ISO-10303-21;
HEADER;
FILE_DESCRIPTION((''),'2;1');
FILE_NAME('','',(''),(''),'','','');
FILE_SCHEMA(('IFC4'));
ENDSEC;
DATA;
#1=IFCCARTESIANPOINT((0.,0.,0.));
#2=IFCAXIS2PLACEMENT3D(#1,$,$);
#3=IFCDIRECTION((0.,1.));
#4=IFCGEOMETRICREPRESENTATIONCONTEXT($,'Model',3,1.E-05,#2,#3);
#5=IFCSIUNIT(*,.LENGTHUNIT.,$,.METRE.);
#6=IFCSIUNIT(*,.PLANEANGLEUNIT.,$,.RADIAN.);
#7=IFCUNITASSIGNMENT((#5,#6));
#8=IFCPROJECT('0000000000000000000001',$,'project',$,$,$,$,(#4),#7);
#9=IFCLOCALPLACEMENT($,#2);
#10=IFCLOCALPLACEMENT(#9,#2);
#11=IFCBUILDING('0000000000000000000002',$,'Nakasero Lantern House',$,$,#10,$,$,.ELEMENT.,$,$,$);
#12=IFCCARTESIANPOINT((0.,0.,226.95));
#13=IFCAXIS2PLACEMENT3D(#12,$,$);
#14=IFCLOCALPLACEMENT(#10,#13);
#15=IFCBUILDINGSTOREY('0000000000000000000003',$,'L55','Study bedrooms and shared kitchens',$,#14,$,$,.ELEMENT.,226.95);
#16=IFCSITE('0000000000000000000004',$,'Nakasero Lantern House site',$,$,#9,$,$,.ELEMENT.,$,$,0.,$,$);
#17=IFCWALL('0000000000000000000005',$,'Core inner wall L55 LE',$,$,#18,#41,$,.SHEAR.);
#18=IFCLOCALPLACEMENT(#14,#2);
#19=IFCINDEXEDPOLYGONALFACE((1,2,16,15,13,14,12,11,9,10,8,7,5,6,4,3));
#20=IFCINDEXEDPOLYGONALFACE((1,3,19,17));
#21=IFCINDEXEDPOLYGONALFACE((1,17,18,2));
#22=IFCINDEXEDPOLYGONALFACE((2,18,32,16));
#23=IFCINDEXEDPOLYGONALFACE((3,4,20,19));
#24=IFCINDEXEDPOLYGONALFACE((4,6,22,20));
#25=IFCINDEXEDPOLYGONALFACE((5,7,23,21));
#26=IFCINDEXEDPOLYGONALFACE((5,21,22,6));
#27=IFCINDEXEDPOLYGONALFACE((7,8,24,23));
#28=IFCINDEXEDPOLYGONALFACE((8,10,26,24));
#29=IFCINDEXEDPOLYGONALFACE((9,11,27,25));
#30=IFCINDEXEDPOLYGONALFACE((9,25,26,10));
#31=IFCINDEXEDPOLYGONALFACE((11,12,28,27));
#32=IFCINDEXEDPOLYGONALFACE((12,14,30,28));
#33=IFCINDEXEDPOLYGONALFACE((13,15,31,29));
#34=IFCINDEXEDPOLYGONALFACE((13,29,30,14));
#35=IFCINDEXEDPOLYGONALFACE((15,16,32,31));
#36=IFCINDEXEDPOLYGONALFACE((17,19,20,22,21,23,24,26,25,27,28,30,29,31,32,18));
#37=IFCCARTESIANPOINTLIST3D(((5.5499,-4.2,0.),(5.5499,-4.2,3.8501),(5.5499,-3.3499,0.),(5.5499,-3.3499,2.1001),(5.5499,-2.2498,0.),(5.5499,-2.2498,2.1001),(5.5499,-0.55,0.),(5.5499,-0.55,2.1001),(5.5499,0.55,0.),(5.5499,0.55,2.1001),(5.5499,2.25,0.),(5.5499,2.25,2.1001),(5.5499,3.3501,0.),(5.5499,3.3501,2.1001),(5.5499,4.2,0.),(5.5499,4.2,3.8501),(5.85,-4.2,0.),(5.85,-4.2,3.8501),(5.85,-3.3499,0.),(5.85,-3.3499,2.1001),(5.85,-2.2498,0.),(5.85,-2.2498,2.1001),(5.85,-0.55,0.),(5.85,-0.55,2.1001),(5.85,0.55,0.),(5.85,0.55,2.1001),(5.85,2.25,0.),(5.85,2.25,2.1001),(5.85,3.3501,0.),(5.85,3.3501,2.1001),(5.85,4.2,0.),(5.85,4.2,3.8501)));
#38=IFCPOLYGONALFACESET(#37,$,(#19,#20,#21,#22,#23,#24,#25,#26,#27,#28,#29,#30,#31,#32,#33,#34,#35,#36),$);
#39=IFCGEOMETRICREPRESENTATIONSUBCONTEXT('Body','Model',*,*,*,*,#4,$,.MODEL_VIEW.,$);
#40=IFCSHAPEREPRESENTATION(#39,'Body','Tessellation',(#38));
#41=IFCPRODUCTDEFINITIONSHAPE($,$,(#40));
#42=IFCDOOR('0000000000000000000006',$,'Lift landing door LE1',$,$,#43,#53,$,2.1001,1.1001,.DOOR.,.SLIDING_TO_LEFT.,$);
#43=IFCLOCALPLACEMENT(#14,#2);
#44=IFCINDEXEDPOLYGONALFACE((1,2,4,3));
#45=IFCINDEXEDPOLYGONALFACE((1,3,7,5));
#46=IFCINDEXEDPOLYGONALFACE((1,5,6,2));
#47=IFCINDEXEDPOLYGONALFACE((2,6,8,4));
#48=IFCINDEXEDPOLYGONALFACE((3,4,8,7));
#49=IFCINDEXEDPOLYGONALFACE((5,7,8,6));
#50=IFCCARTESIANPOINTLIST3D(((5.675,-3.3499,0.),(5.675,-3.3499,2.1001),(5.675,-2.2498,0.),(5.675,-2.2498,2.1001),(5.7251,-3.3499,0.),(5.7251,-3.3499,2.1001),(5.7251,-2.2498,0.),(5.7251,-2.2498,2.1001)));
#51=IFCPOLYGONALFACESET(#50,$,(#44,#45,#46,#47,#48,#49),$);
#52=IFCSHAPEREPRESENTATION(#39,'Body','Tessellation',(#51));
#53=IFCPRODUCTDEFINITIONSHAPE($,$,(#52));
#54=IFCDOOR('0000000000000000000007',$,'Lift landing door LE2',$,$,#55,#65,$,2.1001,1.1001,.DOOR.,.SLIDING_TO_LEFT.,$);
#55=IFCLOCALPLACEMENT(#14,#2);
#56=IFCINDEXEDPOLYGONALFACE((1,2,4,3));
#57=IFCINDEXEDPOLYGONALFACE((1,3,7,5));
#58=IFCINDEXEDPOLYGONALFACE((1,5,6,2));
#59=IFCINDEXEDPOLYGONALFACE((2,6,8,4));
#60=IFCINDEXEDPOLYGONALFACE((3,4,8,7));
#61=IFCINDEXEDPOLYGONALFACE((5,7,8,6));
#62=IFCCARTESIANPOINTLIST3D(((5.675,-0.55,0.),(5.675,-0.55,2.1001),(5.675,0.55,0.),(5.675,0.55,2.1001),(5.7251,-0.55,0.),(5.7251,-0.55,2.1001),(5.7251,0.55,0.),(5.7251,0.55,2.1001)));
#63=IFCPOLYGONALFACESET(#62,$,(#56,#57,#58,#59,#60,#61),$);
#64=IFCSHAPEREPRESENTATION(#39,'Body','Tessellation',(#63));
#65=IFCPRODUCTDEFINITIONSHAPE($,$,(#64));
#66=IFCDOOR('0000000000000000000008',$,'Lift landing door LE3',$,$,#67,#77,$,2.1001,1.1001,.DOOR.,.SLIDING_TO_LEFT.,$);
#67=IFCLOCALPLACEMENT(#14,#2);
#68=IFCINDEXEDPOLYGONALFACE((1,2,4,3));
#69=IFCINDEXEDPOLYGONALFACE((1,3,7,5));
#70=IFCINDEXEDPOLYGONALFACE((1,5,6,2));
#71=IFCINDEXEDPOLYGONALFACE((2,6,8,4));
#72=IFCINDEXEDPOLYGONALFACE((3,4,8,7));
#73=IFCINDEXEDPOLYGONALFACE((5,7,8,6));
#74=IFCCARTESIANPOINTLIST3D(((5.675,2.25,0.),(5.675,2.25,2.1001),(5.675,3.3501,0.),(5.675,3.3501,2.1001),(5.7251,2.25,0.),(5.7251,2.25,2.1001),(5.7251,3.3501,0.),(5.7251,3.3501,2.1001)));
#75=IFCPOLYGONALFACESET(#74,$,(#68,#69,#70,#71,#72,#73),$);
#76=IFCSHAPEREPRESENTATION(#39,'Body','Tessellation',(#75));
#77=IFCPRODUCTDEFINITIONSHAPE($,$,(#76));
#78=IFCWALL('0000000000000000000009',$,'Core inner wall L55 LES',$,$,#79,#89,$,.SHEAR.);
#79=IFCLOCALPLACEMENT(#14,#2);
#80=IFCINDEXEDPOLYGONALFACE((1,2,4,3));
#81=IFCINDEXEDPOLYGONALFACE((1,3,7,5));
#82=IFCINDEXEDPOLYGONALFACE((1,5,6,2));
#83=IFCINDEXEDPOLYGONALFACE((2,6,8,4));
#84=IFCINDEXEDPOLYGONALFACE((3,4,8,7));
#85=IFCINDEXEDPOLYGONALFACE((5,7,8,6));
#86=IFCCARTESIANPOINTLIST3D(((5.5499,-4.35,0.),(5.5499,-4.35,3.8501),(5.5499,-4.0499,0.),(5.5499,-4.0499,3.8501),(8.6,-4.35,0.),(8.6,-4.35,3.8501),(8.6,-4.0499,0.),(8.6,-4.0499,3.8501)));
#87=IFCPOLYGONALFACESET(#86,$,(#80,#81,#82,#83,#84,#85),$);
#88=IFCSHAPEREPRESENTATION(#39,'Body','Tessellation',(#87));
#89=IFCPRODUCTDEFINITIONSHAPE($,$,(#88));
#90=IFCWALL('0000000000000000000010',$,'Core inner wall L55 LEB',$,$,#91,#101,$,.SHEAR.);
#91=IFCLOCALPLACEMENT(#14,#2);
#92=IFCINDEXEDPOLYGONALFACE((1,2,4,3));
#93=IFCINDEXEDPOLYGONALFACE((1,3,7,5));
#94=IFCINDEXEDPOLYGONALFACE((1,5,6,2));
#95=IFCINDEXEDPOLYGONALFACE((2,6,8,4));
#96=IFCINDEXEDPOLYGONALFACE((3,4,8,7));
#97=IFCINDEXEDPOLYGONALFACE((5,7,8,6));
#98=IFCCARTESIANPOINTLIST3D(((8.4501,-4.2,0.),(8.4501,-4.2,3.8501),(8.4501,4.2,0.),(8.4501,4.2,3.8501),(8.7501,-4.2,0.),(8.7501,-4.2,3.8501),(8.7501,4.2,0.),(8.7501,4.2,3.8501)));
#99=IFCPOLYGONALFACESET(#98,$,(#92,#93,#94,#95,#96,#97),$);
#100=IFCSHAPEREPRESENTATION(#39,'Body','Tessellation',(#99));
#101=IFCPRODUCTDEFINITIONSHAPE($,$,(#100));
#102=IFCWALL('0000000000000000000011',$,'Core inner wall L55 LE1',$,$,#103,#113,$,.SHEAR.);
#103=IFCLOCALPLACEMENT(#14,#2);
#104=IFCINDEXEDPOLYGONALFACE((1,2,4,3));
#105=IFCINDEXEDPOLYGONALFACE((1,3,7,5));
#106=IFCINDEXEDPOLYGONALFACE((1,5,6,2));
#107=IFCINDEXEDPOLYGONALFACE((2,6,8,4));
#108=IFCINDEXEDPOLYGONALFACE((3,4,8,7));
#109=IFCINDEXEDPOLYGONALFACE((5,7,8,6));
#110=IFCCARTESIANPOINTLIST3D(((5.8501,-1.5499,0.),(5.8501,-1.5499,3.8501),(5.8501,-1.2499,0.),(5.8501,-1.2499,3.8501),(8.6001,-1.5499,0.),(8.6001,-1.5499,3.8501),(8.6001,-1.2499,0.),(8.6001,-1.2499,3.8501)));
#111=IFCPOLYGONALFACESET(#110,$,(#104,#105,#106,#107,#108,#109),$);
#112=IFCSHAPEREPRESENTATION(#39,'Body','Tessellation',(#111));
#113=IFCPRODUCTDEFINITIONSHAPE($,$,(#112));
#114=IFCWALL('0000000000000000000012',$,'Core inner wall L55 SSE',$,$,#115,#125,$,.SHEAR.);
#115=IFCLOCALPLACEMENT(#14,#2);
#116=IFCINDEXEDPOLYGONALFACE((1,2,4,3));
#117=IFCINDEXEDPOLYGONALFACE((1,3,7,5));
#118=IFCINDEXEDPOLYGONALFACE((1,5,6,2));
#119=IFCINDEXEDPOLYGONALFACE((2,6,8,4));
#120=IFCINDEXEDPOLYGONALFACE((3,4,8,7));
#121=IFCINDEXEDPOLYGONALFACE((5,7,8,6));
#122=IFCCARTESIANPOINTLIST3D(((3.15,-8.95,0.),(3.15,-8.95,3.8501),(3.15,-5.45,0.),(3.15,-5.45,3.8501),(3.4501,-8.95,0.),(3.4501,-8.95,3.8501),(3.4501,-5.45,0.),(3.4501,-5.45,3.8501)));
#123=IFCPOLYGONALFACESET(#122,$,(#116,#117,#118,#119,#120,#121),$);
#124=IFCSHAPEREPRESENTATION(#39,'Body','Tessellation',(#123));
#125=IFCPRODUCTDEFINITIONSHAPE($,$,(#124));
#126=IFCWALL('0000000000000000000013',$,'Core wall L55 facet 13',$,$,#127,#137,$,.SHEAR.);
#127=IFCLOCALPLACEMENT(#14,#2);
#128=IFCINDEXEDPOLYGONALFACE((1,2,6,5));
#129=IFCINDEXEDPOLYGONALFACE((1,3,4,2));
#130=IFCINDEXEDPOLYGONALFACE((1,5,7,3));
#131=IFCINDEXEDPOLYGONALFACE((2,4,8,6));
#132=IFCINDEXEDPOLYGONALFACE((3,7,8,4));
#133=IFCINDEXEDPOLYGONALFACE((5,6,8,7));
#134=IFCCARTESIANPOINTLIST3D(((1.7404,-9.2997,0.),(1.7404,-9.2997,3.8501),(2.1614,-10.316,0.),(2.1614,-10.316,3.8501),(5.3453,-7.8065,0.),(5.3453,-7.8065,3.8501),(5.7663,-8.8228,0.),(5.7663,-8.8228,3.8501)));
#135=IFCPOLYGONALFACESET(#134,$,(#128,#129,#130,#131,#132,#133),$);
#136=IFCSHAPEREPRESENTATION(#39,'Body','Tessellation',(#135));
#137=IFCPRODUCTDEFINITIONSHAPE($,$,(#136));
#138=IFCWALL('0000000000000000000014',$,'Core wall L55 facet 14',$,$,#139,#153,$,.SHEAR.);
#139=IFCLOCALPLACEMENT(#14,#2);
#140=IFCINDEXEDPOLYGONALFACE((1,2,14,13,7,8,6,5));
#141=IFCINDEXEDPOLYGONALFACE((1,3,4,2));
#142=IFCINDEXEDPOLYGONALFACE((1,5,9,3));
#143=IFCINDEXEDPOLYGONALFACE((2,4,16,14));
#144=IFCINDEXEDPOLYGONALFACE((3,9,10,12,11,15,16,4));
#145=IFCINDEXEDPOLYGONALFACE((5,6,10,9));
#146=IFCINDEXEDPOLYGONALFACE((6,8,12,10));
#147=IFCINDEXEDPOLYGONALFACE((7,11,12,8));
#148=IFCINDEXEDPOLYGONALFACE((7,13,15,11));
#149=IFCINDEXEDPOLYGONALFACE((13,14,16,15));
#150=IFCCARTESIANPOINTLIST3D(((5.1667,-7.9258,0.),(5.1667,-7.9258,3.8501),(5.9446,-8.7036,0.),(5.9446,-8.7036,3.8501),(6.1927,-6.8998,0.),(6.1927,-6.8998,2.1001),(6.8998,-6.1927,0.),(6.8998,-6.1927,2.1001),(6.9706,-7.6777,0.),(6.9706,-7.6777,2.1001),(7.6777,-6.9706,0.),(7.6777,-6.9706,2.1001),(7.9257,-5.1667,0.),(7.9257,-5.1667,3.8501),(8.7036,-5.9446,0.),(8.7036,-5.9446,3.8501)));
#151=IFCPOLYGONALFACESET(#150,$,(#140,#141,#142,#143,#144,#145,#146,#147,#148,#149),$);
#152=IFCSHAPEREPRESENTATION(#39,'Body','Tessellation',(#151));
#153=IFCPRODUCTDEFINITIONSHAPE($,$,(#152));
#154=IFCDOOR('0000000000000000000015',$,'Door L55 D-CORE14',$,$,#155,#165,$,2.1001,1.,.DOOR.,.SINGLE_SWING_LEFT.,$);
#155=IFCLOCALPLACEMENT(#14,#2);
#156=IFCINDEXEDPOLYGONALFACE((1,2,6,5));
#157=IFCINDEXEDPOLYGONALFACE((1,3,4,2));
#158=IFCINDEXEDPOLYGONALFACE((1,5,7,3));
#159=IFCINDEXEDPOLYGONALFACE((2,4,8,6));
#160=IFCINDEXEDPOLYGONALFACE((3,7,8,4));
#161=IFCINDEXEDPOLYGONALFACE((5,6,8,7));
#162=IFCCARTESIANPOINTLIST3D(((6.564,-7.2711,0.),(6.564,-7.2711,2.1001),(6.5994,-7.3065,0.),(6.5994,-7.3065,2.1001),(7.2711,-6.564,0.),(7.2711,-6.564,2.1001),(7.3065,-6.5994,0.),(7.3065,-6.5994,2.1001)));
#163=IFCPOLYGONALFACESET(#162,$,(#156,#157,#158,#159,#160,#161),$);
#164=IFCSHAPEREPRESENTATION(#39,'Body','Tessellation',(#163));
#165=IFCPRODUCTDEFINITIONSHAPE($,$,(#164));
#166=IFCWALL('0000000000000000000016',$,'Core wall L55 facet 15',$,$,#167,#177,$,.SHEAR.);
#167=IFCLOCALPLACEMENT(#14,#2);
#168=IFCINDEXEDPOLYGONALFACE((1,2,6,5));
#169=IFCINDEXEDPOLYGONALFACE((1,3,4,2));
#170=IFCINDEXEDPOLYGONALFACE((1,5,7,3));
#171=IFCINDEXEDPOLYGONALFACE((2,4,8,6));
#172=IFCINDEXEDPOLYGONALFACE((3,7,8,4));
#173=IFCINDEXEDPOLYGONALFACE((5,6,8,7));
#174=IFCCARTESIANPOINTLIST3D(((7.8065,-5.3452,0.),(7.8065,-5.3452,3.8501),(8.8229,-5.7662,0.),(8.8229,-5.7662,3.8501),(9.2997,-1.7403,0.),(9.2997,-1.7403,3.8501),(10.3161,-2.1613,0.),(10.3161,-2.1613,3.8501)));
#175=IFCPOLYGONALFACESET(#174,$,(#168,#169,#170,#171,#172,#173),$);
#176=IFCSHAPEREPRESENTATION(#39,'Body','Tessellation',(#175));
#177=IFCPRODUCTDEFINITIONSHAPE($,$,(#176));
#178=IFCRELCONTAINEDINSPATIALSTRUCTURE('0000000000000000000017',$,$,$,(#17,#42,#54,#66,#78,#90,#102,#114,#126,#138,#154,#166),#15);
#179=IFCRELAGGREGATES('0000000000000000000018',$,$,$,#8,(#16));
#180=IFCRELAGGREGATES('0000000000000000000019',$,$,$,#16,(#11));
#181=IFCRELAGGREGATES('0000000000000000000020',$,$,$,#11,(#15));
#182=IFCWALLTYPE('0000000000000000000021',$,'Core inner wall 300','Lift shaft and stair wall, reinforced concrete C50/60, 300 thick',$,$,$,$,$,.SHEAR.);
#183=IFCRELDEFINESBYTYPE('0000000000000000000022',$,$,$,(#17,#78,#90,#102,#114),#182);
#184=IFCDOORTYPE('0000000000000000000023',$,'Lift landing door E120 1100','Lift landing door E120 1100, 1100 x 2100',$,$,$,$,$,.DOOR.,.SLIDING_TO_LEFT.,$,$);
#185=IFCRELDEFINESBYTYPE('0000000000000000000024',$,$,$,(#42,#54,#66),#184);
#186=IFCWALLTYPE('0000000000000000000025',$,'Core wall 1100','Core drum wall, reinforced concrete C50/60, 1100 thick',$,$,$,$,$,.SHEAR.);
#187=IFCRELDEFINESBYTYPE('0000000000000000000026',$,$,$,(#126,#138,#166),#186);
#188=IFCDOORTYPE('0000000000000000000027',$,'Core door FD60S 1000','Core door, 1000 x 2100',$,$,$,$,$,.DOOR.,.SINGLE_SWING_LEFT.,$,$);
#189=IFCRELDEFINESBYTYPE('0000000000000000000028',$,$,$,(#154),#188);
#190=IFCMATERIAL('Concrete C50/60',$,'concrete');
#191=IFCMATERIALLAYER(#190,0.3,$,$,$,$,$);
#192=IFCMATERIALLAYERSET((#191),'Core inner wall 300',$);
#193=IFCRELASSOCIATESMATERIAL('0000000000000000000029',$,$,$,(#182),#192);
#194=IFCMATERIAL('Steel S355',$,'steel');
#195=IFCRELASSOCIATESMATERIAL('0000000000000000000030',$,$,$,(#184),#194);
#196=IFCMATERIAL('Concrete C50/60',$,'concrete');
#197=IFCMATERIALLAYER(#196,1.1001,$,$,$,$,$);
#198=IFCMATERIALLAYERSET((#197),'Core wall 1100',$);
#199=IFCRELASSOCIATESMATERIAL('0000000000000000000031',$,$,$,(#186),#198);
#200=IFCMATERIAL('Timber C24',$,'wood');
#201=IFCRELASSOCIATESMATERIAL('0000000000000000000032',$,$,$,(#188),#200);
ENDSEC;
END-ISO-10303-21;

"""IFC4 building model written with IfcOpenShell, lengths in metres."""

from ifc_helpers import new_model, si_unit, direction, frame, frame_2d, origin, place, context, subcontext, project, spatial, rectangle, extrude, material, layer, layer_set, type_object, element, fill, save


model = new_model("IFC4")

# Units and contexts
model_context = context("Model", 3, precision=1e-05, world=origin(), true_north=direction((0.0, 1.0)))
body_context = subcontext(model_context, "Body", "Model", "MODEL_VIEW")
ifc_project = project(units=[si_unit("LENGTHUNIT", "METRE"), si_unit("PLANEANGLEUNIT", "RADIAN")], contexts=[model_context])

# Site, building, storey
site_placement = place(None, origin())
site = spatial("IfcSite", under=ifc_project, at=site_placement, Name="Nakasero Lantern House site", CompositionType="ELEMENT", RefElevation=0.0)
building_placement = place(site_placement, origin())
building = spatial("IfcBuilding", under=site, at=building_placement, Name="Nakasero Lantern House", CompositionType="ELEMENT")
storey_placement = place(building_placement, frame((0.0, 0.0, 226.95)))
storey = spatial("IfcBuildingStorey", under=building, at=storey_placement, Name="L55", Description="Study bedrooms and shared kitchens", CompositionType="ELEMENT", Elevation=226.95)

# Wall, openings, doors
ifc_material_1 = material(Name="Concrete C50/60", Category="concrete")
ifc_layer_1 = layer(ifc_material_1, 0.3)
ifc_layer_set_1 = layer_set([ifc_layer_1], Name="Core inner wall 300")
wall_type_1 = type_object("IfcWallType", Name="Core inner wall 300", Description="Lift shaft and stair wall, reinforced concrete C50/60, 300 thick", PredefinedType="SHEAR", material=ifc_layer_set_1)
wall_1_placement = place(storey_placement, frame((5.7, -4.2, 0.0), z_axis=(0.0, 0.0, 1.0), x_axis=(0.0, 1.0, 0.0)))
wall_1 = element("IfcWall", 1, at=wall_1_placement, inside=storey, type_object=wall_type_1, Name="Core inner wall L55 LE", PredefinedType="SHEAR", context=body_context, shape_type="SweptSolid", body=[
    extrude(rectangle(XDim=8.3999, YDim=0.3, at=frame_2d((4.2, 0.0))), origin(), (0.0, 0.0, 1.0), 3.8501),
])
opening_1_placement = place(wall_1_placement, frame((0.8501, 0.0, 0.0)))
opening_1 = element("IfcOpeningElement", 2, at=opening_1_placement, cuts=wall_1, PredefinedType="OPENING", context=body_context, shape_type="SweptSolid", body=[
    extrude(rectangle(XDim=1.1001, YDim=2.1001, at=frame_2d((0.55, 1.05))), frame((0.0, 0.1699, 0.0), z_axis=(0.0, -1.0, 0.0), x_axis=(1.0, 0.0, 0.0)), (0.0, 0.0, 1.0), 0.3401),
])
opening_2_placement = place(wall_1_placement, frame((3.6499, 0.0, 0.0)))
opening_2 = element("IfcOpeningElement", 3, at=opening_2_placement, cuts=wall_1, PredefinedType="OPENING", context=body_context, shape_type="SweptSolid", body=[
    extrude(rectangle(XDim=1.1001, YDim=2.1001, at=frame_2d((0.55, 1.05))), frame((0.0, 0.1699, 0.0), z_axis=(0.0, -1.0, 0.0), x_axis=(1.0, 0.0, 0.0)), (0.0, 0.0, 1.0), 0.3401),
])
opening_3_placement = place(wall_1_placement, frame((6.45, 0.0, 0.0)))
opening_3 = element("IfcOpeningElement", 4, at=opening_3_placement, cuts=wall_1, PredefinedType="OPENING", context=body_context, shape_type="SweptSolid", body=[
    extrude(rectangle(XDim=1.1001, YDim=2.1001, at=frame_2d((0.55, 1.05))), frame((0.0, 0.1699, 0.0), z_axis=(0.0, -1.0, 0.0), x_axis=(1.0, 0.0, 0.0)), (0.0, 0.0, 1.0), 0.3401),
])
ifc_material_2 = material(Name="Steel S355", Category="steel")
door_type_1 = type_object("IfcDoorType", Name="Lift landing door E120 1100", Description="Lift landing door E120 1100, 1100 x 2100", OperationType="SLIDING_TO_LEFT", PredefinedType="DOOR", material=ifc_material_2)
door_1_placement = place(opening_1_placement, origin())
door_1 = element("IfcDoor", 5, at=door_1_placement, inside=storey, type_object=door_type_1, Name="Lift landing door LE1", OperationType="SLIDING_TO_LEFT", OverallHeight=2.1001, OverallWidth=1.1001, PredefinedType="DOOR", context=body_context, shape_type="SweptSolid", body=[
    extrude(rectangle(XDim=1.1001, YDim=2.1001, at=frame_2d((0.55, 1.05))), frame((0.0, 0.0249, 0.0), z_axis=(0.0, -1.0, 0.0), x_axis=(1.0, 0.0, 0.0)), (0.0, 0.0, 1.0), 0.05),
])
fill(opening_1, door_1)
door_2_placement = place(opening_2_placement, origin())
door_2 = element("IfcDoor", 6, at=door_2_placement, inside=storey, type_object=door_type_1, Name="Lift landing door LE2", OperationType="SLIDING_TO_LEFT", OverallHeight=2.1001, OverallWidth=1.1001, PredefinedType="DOOR", context=body_context, shape_type="SweptSolid", body=[
    extrude(rectangle(XDim=1.1001, YDim=2.1001, at=frame_2d((0.55, 1.05))), frame((0.0, 0.0249, 0.0), z_axis=(0.0, -1.0, 0.0), x_axis=(1.0, 0.0, 0.0)), (0.0, 0.0, 1.0), 0.05),
])
fill(opening_2, door_2)
door_3_placement = place(opening_3_placement, origin())
door_3 = element("IfcDoor", 7, at=door_3_placement, inside=storey, type_object=door_type_1, Name="Lift landing door LE3", OperationType="SLIDING_TO_LEFT", OverallHeight=2.1001, OverallWidth=1.1001, PredefinedType="DOOR", context=body_context, shape_type="SweptSolid", body=[
    extrude(rectangle(XDim=1.1001, YDim=2.1001, at=frame_2d((0.55, 1.05))), frame((0.0, 0.0249, 0.0), z_axis=(0.0, -1.0, 0.0), x_axis=(1.0, 0.0, 0.0)), (0.0, 0.0, 1.0), 0.05),
])
fill(opening_3, door_3)

# Walls
wall_2_placement = place(storey_placement, frame((5.55, -4.2, 0.0), z_axis=(0.0, 0.0, 1.0), x_axis=(1.0, 0.0, 0.0)))
element("IfcWall", 8, at=wall_2_placement, inside=storey, type_object=wall_type_1, Name="Core inner wall L55 LES", PredefinedType="SHEAR", context=body_context, shape_type="SweptSolid", body=[
    extrude(rectangle(XDim=3.05, YDim=0.3, at=frame_2d((1.5249, 0.0))), origin(), (0.0, 0.0, 1.0), 3.8501),
])
wall_3_placement = place(storey_placement, frame((8.6001, -4.2, 0.0), z_axis=(0.0, 0.0, 1.0), x_axis=(0.0, 1.0, 0.0)))
element("IfcWall", 9, at=wall_3_placement, inside=storey, type_object=wall_type_1, Name="Core inner wall L55 LEB", PredefinedType="SHEAR", context=body_context, shape_type="SweptSolid", body=[
    extrude(rectangle(XDim=8.3999, YDim=0.3, at=frame_2d((4.2, 0.0))), origin(), (0.0, 0.0, 1.0), 3.8501),
])
wall_4_placement = place(storey_placement, frame((5.8501, -1.3999, 0.0), z_axis=(0.0, 0.0, 1.0), x_axis=(1.0, 0.0, 0.0)))
element("IfcWall", 10, at=wall_4_placement, inside=storey, type_object=wall_type_1, Name="Core inner wall L55 LE1", PredefinedType="SHEAR", context=body_context, shape_type="SweptSolid", body=[
    extrude(rectangle(XDim=2.75, YDim=0.3, at=frame_2d((1.375, 0.0))), origin(), (0.0, 0.0, 1.0), 3.8501),
])
wall_5_placement = place(storey_placement, frame((3.3, -5.45, 0.0), z_axis=(0.0, 0.0, 1.0), x_axis=(0.0, -1.0, 0.0)))
element("IfcWall", 11, at=wall_5_placement, inside=storey, type_object=wall_type_1, Name="Core inner wall L55 SSE", PredefinedType="SHEAR", context=body_context, shape_type="SweptSolid", body=[
    extrude(rectangle(XDim=3.5, YDim=0.3, at=frame_2d((1.75, 0.0))), origin(), (0.0, 0.0, 1.0), 3.8501),
])
ifc_material_3 = material(Name="Concrete C50/60", Category="concrete")
ifc_layer_2 = layer(ifc_material_3, 1.1001)
ifc_layer_set_2 = layer_set([ifc_layer_2], Name="Core wall 1100")
wall_type_2 = type_object("IfcWallType", Name="Core wall 1100", Description="Core drum wall, reinforced concrete C50/60, 1100 thick", PredefinedType="SHEAR", material=ifc_layer_set_2)
wall_6_placement = place(storey_placement, frame((1.9509, -9.8079, 0.0), z_axis=(0.0, 0.0, 1.0), x_axis=(0.923877, 0.382691, 0.0)))
element("IfcWall", 12, at=wall_6_placement, inside=storey, type_object=wall_type_2, Name="Core wall L55 facet 13", PredefinedType="SHEAR", context=body_context, shape_type="SweptSolid", body=[
    extrude(rectangle(XDim=3.9019, YDim=1.1001, at=frame_2d((1.9509, 0.0))), origin(), (0.0, 0.0, 1.0), 3.8501),
])

# Wall, opening, door
wall_7_placement = place(storey_placement, frame((5.5557, -8.3147, 0.0), z_axis=(0.0, 0.0, 1.0), x_axis=(0.707107, 0.707107, 0.0)))
wall_7 = element("IfcWall", 13, at=wall_7_placement, inside=storey, type_object=wall_type_2, Name="Core wall L55 facet 14", PredefinedType="SHEAR", context=body_context, shape_type="SweptSolid", body=[
    extrude(rectangle(XDim=3.9019, YDim=1.1001, at=frame_2d((1.9509, 0.0))), origin(), (0.0, 0.0, 1.0), 3.8501),
])
opening_4_placement = place(wall_7_placement, frame((1.4509, 0.0, 0.0)))
opening_4 = element("IfcOpeningElement", 14, at=opening_4_placement, cuts=wall_7, PredefinedType="OPENING", context=body_context, shape_type="SweptSolid", body=[
    extrude(rectangle(XDim=1.0, YDim=2.1001, at=frame_2d((0.5, 1.05))), frame((0.0, 0.5701, 0.0), z_axis=(0.0, -1.0, 0.0), x_axis=(1.0, 0.0, 0.0)), (0.0, 0.0, 1.0), 1.1401),
])
ifc_material_4 = material(Name="Timber C24", Category="wood")
door_type_2 = type_object("IfcDoorType", Name="Core door FD60S 1000", Description="Core door, 1000 x 2100", OperationType="SINGLE_SWING_LEFT", PredefinedType="DOOR", material=ifc_material_4)
door_4_placement = place(opening_4_placement, origin())
door_4 = element("IfcDoor", 15, at=door_4_placement, inside=storey, type_object=door_type_2, Name="Door L55 D-CORE14", OperationType="SINGLE_SWING_LEFT", OverallHeight=2.1001, OverallWidth=1.0, PredefinedType="DOOR", context=body_context, shape_type="SweptSolid", body=[
    extrude(rectangle(XDim=1.0, YDim=2.1001, at=frame_2d((0.5, 1.05))), frame((0.0, 0.0249, 0.0), z_axis=(0.0, -1.0, 0.0), x_axis=(1.0, 0.0, 0.0)), (0.0, 0.0, 1.0), 0.05),
])
fill(opening_4, door_4)

# Wall
wall_8_placement = place(storey_placement, frame((8.3147, -5.5557, 0.0), z_axis=(0.0, 0.0, 1.0), x_axis=(0.382691, 0.923877, 0.0)))
element("IfcWall", 16, at=wall_8_placement, inside=storey, type_object=wall_type_2, Name="Core wall L55 facet 15", PredefinedType="SHEAR", context=body_context, shape_type="SweptSolid", body=[
    extrude(rectangle(XDim=3.9019, YDim=1.1001, at=frame_2d((1.9509, 0.0))), origin(), (0.0, 0.0, 1.0), 3.8501),
])

save(model, "model.ifc")
